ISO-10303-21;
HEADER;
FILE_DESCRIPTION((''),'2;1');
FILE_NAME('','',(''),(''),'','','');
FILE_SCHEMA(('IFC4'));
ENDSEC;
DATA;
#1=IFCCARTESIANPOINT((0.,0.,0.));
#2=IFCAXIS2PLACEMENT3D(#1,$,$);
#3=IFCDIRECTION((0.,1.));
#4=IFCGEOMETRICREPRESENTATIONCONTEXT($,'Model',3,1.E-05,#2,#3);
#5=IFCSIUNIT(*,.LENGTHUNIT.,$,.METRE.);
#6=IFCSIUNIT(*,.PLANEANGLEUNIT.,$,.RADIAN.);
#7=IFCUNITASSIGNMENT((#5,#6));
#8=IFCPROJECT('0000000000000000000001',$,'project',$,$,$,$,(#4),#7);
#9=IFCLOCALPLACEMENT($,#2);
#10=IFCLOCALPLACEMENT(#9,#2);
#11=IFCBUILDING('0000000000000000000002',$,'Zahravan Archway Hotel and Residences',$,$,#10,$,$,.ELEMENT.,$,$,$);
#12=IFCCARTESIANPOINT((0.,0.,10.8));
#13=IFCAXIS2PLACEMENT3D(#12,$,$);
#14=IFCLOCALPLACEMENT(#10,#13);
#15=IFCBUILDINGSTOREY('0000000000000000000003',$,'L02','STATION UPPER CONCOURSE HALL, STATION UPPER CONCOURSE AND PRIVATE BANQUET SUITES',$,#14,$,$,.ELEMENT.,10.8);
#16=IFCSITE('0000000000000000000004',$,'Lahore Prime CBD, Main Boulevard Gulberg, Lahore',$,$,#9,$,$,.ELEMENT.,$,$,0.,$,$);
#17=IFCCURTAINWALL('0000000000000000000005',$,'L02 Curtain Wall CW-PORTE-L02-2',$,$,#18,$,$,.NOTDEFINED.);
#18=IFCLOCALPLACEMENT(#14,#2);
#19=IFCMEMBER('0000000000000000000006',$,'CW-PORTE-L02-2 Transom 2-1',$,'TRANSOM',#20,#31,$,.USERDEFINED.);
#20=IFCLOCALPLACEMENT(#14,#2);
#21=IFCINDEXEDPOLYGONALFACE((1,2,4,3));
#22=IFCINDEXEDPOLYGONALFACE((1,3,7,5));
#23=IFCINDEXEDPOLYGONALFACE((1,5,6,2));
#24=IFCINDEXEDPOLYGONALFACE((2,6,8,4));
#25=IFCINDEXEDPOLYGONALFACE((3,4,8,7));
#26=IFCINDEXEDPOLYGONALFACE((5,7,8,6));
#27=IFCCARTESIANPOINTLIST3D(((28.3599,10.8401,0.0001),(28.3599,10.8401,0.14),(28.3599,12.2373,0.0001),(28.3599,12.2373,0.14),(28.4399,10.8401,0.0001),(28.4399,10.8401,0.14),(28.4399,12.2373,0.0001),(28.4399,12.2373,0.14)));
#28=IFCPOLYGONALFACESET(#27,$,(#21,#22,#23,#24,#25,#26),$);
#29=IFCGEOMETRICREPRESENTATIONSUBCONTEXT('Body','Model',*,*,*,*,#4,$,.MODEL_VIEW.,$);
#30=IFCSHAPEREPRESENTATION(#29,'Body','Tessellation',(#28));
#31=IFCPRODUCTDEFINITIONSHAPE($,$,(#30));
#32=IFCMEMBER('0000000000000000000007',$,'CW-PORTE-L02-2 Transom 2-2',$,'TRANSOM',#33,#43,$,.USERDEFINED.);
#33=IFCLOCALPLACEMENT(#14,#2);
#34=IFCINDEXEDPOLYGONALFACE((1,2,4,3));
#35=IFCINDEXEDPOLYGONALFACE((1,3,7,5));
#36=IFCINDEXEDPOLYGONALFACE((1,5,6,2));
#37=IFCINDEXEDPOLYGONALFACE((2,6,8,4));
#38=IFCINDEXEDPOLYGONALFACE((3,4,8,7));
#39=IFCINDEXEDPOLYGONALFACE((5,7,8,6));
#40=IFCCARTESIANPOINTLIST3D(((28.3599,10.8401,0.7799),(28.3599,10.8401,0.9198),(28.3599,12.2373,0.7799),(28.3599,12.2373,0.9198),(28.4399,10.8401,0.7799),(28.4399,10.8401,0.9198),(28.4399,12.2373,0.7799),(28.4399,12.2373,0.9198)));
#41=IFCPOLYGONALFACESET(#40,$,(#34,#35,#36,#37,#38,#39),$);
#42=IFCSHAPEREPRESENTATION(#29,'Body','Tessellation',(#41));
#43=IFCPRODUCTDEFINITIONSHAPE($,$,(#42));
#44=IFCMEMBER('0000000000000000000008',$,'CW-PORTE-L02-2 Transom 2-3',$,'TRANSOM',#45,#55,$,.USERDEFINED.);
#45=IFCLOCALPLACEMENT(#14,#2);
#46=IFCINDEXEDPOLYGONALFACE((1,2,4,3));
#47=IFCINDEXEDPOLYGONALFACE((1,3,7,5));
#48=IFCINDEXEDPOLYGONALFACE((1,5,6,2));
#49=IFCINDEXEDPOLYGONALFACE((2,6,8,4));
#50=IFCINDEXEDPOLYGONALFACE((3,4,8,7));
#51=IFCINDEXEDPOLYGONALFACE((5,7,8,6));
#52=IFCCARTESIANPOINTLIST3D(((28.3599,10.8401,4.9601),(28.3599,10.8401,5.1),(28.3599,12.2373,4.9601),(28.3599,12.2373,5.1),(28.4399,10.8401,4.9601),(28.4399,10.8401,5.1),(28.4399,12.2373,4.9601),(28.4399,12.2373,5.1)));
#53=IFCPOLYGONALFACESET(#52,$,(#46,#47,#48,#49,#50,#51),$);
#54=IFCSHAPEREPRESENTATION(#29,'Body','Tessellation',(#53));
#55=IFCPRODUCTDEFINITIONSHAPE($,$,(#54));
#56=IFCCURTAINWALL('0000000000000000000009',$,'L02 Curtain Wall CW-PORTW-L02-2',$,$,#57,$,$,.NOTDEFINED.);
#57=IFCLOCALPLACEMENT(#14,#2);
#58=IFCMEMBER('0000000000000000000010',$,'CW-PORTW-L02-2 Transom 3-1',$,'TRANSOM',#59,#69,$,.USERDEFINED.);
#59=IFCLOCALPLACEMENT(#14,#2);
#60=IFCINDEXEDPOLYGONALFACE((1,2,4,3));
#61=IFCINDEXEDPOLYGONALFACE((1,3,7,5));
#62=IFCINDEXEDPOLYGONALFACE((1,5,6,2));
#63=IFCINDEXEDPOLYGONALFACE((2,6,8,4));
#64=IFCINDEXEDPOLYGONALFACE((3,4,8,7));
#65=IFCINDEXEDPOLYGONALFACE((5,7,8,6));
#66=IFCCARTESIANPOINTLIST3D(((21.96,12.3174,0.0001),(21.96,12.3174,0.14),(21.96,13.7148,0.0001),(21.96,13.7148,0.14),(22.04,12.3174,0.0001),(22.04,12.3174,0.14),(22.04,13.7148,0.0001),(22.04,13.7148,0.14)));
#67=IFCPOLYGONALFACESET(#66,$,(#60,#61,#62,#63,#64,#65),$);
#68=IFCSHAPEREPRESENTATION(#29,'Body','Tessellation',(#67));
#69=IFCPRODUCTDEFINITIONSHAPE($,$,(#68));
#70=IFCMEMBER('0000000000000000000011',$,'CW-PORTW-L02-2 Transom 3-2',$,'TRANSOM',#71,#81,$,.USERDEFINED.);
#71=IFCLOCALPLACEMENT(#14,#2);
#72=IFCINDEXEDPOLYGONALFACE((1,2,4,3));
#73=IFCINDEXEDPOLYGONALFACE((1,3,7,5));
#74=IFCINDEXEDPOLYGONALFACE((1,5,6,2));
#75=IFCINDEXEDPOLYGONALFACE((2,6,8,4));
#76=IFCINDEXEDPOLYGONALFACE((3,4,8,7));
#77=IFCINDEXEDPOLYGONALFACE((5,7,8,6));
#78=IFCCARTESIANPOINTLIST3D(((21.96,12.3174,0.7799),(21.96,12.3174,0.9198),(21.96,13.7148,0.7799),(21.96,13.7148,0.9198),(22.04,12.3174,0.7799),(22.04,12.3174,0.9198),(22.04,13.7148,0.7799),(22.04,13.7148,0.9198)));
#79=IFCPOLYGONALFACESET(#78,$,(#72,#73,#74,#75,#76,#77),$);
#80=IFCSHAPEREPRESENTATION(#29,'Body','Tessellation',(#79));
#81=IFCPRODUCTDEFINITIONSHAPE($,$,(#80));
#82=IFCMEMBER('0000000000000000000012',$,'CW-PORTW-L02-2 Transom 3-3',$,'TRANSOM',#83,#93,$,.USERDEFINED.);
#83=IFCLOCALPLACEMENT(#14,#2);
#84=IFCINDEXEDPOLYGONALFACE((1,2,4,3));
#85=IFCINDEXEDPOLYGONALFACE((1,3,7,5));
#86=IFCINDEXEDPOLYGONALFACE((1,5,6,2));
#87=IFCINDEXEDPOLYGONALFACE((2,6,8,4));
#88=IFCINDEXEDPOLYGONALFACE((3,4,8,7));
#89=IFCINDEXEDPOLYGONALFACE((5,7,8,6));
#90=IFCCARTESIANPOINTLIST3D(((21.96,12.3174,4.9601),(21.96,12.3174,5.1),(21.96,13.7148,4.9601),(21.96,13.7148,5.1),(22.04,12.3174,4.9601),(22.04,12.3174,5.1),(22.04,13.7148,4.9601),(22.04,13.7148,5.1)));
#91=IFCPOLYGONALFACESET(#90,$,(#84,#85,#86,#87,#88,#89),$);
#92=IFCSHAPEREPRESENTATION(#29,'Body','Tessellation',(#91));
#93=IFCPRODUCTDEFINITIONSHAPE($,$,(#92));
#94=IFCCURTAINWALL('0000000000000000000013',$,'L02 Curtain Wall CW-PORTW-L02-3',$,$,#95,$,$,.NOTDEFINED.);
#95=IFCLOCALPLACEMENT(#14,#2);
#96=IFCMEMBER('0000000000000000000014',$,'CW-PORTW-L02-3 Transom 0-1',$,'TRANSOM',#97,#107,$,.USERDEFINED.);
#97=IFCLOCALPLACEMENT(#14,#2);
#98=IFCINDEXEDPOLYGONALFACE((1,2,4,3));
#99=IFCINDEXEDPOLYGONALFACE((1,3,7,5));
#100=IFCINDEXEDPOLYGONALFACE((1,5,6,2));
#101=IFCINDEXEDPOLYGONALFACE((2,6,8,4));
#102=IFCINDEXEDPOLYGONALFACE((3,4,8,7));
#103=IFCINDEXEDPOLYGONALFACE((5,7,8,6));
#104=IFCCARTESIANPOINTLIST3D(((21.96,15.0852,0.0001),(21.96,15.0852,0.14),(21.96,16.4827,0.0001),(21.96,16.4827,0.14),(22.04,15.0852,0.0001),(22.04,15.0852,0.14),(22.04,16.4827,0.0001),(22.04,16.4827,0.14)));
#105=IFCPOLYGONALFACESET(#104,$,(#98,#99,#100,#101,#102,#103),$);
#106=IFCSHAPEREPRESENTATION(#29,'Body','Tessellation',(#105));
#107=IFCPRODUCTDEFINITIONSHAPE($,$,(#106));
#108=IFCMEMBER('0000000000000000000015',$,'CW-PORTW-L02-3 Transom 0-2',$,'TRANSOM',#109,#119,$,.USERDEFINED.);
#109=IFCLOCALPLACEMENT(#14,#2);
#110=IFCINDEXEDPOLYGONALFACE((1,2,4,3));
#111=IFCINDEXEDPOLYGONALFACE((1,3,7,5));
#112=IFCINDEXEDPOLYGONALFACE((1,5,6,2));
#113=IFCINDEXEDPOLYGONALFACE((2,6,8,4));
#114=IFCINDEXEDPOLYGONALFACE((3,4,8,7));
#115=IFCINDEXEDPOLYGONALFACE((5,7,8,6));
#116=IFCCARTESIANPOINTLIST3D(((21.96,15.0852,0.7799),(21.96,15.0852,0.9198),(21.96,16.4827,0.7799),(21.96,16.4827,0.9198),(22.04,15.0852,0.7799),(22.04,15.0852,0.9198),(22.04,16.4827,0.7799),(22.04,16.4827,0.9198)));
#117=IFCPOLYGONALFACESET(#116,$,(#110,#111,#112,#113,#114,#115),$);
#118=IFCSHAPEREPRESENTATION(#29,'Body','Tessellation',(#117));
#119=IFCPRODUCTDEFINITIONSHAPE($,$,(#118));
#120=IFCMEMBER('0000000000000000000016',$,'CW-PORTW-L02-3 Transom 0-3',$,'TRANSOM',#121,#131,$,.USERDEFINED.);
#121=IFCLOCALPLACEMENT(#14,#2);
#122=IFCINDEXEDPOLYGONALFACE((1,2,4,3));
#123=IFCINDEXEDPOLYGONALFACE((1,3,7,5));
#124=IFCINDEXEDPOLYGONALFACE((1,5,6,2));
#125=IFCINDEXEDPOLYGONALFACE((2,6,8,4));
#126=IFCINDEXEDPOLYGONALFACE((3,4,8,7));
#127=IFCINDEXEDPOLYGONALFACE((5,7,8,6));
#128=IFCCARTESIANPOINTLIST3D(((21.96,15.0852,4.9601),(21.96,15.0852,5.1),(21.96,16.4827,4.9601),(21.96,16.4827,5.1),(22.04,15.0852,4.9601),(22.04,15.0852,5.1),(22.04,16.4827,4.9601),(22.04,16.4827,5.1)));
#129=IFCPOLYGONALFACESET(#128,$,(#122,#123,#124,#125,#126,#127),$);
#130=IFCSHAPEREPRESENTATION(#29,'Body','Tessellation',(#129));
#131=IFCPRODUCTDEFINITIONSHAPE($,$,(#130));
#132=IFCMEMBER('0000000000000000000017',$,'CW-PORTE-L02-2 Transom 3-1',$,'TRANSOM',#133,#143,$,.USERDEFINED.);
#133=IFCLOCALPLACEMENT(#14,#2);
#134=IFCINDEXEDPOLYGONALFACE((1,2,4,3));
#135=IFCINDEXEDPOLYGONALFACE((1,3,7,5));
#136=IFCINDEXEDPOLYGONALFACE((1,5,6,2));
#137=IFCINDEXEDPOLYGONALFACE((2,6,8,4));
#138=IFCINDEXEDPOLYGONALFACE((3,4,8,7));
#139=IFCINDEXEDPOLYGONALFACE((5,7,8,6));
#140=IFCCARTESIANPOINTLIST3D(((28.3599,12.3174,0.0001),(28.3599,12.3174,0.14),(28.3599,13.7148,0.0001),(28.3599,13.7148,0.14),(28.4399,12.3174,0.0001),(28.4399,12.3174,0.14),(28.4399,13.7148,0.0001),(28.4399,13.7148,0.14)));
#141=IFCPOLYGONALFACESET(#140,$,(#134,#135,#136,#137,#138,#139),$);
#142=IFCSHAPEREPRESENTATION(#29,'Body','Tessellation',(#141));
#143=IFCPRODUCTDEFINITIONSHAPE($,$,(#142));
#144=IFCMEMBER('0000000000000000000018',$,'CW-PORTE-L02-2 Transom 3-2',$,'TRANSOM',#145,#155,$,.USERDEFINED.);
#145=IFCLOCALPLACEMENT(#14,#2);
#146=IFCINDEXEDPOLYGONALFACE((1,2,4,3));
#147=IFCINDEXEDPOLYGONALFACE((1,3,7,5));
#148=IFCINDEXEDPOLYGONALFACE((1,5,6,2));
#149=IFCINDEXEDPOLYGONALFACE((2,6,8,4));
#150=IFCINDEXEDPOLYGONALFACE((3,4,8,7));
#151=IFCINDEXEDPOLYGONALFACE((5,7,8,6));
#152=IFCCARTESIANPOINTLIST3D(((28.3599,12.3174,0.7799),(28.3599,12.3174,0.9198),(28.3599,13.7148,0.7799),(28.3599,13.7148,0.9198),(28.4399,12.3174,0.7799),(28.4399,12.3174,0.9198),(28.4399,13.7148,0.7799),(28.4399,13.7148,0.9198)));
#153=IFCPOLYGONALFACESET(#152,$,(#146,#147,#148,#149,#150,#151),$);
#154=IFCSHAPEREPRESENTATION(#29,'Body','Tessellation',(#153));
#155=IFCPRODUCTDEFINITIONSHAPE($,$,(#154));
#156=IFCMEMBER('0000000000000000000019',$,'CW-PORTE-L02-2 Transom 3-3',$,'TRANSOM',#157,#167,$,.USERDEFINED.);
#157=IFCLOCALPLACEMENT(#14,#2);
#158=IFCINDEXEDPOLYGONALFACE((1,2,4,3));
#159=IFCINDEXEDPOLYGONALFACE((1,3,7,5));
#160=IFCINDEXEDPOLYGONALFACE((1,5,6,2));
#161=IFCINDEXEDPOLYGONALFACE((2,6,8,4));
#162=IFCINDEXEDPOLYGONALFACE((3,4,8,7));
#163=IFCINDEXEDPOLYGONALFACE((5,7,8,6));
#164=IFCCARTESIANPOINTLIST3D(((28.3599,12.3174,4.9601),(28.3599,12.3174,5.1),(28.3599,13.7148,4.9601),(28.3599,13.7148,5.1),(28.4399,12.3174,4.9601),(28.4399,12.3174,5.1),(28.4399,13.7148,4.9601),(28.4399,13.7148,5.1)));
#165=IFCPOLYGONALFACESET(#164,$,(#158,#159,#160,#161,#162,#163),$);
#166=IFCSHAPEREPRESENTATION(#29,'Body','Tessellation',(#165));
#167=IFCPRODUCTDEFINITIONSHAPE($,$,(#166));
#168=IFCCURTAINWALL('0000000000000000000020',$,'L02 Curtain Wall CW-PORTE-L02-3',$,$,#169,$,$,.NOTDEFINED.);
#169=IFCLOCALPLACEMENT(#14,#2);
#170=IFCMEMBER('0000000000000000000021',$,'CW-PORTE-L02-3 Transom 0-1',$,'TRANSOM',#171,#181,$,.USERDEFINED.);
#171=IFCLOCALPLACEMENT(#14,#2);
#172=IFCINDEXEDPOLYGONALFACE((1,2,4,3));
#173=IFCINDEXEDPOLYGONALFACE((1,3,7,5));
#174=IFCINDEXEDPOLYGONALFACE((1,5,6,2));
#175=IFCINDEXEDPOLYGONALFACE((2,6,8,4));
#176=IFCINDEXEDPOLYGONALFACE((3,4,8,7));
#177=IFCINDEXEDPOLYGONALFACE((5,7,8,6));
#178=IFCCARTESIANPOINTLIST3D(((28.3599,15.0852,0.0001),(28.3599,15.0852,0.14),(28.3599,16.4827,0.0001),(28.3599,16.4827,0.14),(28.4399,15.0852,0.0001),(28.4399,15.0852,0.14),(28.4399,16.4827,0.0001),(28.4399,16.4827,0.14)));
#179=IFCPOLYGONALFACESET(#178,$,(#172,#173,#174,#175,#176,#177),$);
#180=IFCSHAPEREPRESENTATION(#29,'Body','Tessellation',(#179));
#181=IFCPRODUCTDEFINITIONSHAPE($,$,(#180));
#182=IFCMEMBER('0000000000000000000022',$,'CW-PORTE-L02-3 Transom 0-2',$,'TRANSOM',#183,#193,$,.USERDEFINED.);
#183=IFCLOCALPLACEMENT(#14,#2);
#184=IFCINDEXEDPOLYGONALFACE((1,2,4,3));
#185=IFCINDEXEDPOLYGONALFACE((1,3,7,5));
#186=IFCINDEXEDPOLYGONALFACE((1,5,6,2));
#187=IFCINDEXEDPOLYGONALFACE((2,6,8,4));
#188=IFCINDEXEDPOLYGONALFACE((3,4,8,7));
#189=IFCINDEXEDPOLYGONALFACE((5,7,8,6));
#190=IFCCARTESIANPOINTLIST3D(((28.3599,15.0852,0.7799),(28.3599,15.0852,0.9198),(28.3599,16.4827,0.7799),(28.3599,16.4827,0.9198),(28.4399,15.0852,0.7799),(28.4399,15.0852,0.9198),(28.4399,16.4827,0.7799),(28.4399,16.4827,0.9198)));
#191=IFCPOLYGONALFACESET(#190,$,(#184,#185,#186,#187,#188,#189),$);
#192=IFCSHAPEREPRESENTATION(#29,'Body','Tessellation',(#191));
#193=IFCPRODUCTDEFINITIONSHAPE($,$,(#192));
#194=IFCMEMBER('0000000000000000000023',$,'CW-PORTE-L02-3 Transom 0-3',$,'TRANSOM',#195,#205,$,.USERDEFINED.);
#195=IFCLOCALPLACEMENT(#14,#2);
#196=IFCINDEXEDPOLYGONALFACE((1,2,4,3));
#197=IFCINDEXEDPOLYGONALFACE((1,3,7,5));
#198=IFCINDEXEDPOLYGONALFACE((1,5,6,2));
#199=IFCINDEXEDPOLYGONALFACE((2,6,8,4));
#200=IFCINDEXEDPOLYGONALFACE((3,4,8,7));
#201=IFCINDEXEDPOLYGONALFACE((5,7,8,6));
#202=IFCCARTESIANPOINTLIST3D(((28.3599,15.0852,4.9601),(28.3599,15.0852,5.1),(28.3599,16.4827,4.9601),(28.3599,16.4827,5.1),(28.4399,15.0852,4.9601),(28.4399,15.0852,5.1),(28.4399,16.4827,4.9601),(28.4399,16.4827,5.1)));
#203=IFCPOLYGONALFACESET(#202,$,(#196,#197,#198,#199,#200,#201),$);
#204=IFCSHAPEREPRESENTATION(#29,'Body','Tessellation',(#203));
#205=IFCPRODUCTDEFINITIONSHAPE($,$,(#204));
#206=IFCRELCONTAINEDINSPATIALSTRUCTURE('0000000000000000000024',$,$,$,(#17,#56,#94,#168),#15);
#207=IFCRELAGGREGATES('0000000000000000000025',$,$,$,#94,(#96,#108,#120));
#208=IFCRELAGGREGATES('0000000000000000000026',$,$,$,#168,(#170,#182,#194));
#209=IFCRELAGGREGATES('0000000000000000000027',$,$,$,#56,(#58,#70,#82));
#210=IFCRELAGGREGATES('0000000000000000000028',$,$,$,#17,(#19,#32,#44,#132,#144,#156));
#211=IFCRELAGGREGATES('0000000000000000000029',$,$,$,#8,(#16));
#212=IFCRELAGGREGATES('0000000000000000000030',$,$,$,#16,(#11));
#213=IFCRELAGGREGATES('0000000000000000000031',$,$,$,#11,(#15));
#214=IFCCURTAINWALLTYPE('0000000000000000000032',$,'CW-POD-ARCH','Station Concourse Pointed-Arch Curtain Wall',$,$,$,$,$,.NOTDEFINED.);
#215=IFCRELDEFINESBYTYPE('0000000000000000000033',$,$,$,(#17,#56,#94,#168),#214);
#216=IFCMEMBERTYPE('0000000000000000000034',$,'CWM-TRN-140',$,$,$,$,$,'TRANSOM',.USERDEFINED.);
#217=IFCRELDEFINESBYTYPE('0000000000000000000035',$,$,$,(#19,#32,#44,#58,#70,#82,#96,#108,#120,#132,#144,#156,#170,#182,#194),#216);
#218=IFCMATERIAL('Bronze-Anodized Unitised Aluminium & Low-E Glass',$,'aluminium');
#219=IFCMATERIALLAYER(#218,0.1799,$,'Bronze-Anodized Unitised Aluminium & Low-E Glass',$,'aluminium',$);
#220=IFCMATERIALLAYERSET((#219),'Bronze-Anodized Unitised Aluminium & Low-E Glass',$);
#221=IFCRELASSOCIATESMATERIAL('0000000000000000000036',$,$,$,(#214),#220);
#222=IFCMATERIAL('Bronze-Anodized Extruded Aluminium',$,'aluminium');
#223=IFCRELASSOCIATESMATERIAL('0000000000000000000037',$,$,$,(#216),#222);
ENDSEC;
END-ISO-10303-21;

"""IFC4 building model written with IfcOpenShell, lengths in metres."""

from ifc_helpers import new_model, si_unit, direction, frame, origin, origin_2d, place, context, subcontext, project, spatial, rectangle, extrude, source, transform, mapped, material, layer, layer_set, material_profile, profile_set, type_object, element, aggregate, save


model = new_model("IFC4")

# Units and contexts
model_context = context("Model", 3, precision=1e-05, world=origin(), true_north=direction((0.0, 1.0)))
body_context = subcontext(model_context, "Body", "Model", "MODEL_VIEW")
ifc_project = project(units=[si_unit("LENGTHUNIT", "METRE"), si_unit("PLANEANGLEUNIT", "RADIAN")], contexts=[model_context])

# Site, building, storey
site_placement = place(None, origin())
site = spatial("IfcSite", under=ifc_project, at=site_placement, Name="Lahore Prime CBD, Main Boulevard Gulberg, Lahore", CompositionType="ELEMENT", RefElevation=0.0)
building_placement = place(site_placement, origin())
building = spatial("IfcBuilding", under=site, at=building_placement, Name="Zahravan Archway Hotel and Residences", CompositionType="ELEMENT")
storey_placement = place(building_placement, frame((0.0, 0.0, 10.8)))
storey = spatial("IfcBuildingStorey", under=building, at=storey_placement, Name="L02", Description="STATION UPPER CONCOURSE HALL, STATION UPPER CONCOURSE AND PRIVATE BANQUET SUITES", CompositionType="ELEMENT", Elevation=10.8)

# Curtain walls, members
ifc_material_1 = material(Name="Bronze-Anodized Unitised Aluminium & Low-E Glass", Category="aluminium")
ifc_layer_1 = layer(ifc_material_1, 0.1799, Name="Bronze-Anodized Unitised Aluminium & Low-E Glass", Category="aluminium")
ifc_layer_set_1 = layer_set([ifc_layer_1], Name="Bronze-Anodized Unitised Aluminium & Low-E Glass")
curtain_wall_type = type_object("IfcCurtainWallType", Name="CW-POD-ARCH", Description="Station Concourse Pointed-Arch Curtain Wall", PredefinedType="NOTDEFINED", material=ifc_layer_set_1)
curtain_wall_1_placement = place(storey_placement, origin())
curtain_wall_1 = element("IfcCurtainWall", 1, at=curtain_wall_1_placement, inside=storey, type_object=curtain_wall_type, Name="L02 Curtain Wall CW-PORTE-L02-2", PredefinedType="NOTDEFINED")
ifc_material_2 = material(Name="Bronze-Anodized Extruded Aluminium", Category="aluminium")
ifc_material_profile_1 = material_profile(ifc_material_2, rectangle(XDim=0.0801, YDim=0.1399, at=origin_2d()), Name="TRN 80x140", Category="aluminium")
ifc_profile_set_1 = profile_set([ifc_material_profile_1], Name="Bronze-Anodized Extruded Aluminium")
member_type_1 = type_object("IfcMemberType", Name="CWM-TRN-140", ElementType="TRANSOM", PredefinedType="USERDEFINED", material=ifc_profile_set_1)
shared_shape_1 = source(origin(), body_context, "Body", "SweptSolid", [
    extrude(rectangle(XDim=0.0801, YDim=0.1399, at=origin_2d()), origin(), (0.0, 0.0, 1.0), 1.3972),
])
member_1_placement = place(storey_placement, frame((28.3999, 10.8401, 0.0701), z_axis=(0.0, 1.0, 0.0), x_axis=(-1.0, 0.0, 0.0)))
member_1 = element("IfcMember", 2, at=member_1_placement, type_object=member_type_1, Name="CW-PORTE-L02-2 Transom 2-1", ObjectType="TRANSOM", PredefinedType="USERDEFINED", context=body_context, shape_type="MappedRepresentation", body=[
    mapped(shared_shape_1, transform((0.0, 0.0, 0.0), scale=1.0)),
])
member_2_placement = place(storey_placement, frame((28.3999, 10.8401, 0.8499), z_axis=(0.0, 1.0, 0.0), x_axis=(-1.0, 0.0, 0.0)))
member_2 = element("IfcMember", 3, at=member_2_placement, type_object=member_type_1, Name="CW-PORTE-L02-2 Transom 2-2", ObjectType="TRANSOM", PredefinedType="USERDEFINED", context=body_context, shape_type="MappedRepresentation", body=[
    mapped(shared_shape_1, transform((0.0, 0.0, 0.0), scale=1.0)),
])
member_3_placement = place(storey_placement, frame((28.3999, 10.8401, 5.03), z_axis=(0.0, 1.0, 0.0), x_axis=(-1.0, 0.0, 0.0)))
member_3 = element("IfcMember", 4, at=member_3_placement, type_object=member_type_1, Name="CW-PORTE-L02-2 Transom 2-3", ObjectType="TRANSOM", PredefinedType="USERDEFINED", context=body_context, shape_type="MappedRepresentation", body=[
    mapped(shared_shape_1, transform((0.0, 0.0, 0.0), scale=1.0)),
])
curtain_wall_2_placement = place(storey_placement, origin())
curtain_wall_2 = element("IfcCurtainWall", 5, at=curtain_wall_2_placement, inside=storey, type_object=curtain_wall_type, Name="L02 Curtain Wall CW-PORTW-L02-2", PredefinedType="NOTDEFINED")
shared_shape_2 = source(origin(), body_context, "Body", "SweptSolid", [
    extrude(rectangle(XDim=0.0801, YDim=0.1399, at=origin_2d()), origin(), (0.0, 0.0, 1.0), 1.3975),
])
member_4_placement = place(storey_placement, frame((22.0, 12.3174, 0.0701), z_axis=(0.0, 1.0, 0.0), x_axis=(-1.0, 0.0, 0.0)))
member_4 = element("IfcMember", 6, at=member_4_placement, type_object=member_type_1, Name="CW-PORTW-L02-2 Transom 3-1", ObjectType="TRANSOM", PredefinedType="USERDEFINED", context=body_context, shape_type="MappedRepresentation", body=[
    mapped(shared_shape_2, transform((0.0, 0.0, 0.0), scale=1.0)),
])
member_5_placement = place(storey_placement, frame((22.0, 12.3174, 0.8499), z_axis=(0.0, 1.0, 0.0), x_axis=(-1.0, 0.0, 0.0)))
member_5 = element("IfcMember", 7, at=member_5_placement, type_object=member_type_1, Name="CW-PORTW-L02-2 Transom 3-2", ObjectType="TRANSOM", PredefinedType="USERDEFINED", context=body_context, shape_type="MappedRepresentation", body=[
    mapped(shared_shape_2, transform((0.0, 0.0, 0.0), scale=1.0)),
])
member_6_placement = place(storey_placement, frame((22.0, 12.3174, 5.03), z_axis=(0.0, 1.0, 0.0), x_axis=(-1.0, 0.0, 0.0)))
member_6 = element("IfcMember", 8, at=member_6_placement, type_object=member_type_1, Name="CW-PORTW-L02-2 Transom 3-3", ObjectType="TRANSOM", PredefinedType="USERDEFINED", context=body_context, shape_type="MappedRepresentation", body=[
    mapped(shared_shape_2, transform((0.0, 0.0, 0.0), scale=1.0)),
])
curtain_wall_3_placement = place(storey_placement, origin())
curtain_wall_3 = element("IfcCurtainWall", 9, at=curtain_wall_3_placement, inside=storey, type_object=curtain_wall_type, Name="L02 Curtain Wall CW-PORTW-L02-3", PredefinedType="NOTDEFINED")
member_7_placement = place(storey_placement, frame((22.0, 15.0852, 0.0701), z_axis=(0.0, 1.0, 0.0), x_axis=(-1.0, 0.0, 0.0)))
member_7 = element("IfcMember", 10, at=member_7_placement, type_object=member_type_1, Name="CW-PORTW-L02-3 Transom 0-1", ObjectType="TRANSOM", PredefinedType="USERDEFINED", context=body_context, shape_type="MappedRepresentation", body=[
    mapped(shared_shape_2, transform((0.0, 0.0, 0.0), scale=1.0)),
])
member_8_placement = place(storey_placement, frame((22.0, 15.0852, 0.8499), z_axis=(0.0, 1.0, 0.0), x_axis=(-1.0, 0.0, 0.0)))
member_8 = element("IfcMember", 11, at=member_8_placement, type_object=member_type_1, Name="CW-PORTW-L02-3 Transom 0-2", ObjectType="TRANSOM", PredefinedType="USERDEFINED", context=body_context, shape_type="MappedRepresentation", body=[
    mapped(shared_shape_2, transform((0.0, 0.0, 0.0), scale=1.0)),
])
member_9_placement = place(storey_placement, frame((22.0, 15.0852, 5.03), z_axis=(0.0, 1.0, 0.0), x_axis=(-1.0, 0.0, 0.0)))
member_9 = element("IfcMember", 12, at=member_9_placement, type_object=member_type_1, Name="CW-PORTW-L02-3 Transom 0-3", ObjectType="TRANSOM", PredefinedType="USERDEFINED", context=body_context, shape_type="MappedRepresentation", body=[
    mapped(shared_shape_2, transform((0.0, 0.0, 0.0), scale=1.0)),
])

# Members
member_10_placement = place(storey_placement, frame((28.3999, 12.3174, 0.0701), z_axis=(0.0, 1.0, 0.0), x_axis=(-1.0, 0.0, 0.0)))
member_10 = element("IfcMember", 13, at=member_10_placement, type_object=member_type_1, Name="CW-PORTE-L02-2 Transom 3-1", ObjectType="TRANSOM", PredefinedType="USERDEFINED", context=body_context, shape_type="MappedRepresentation", body=[
    mapped(shared_shape_2, transform((0.0, 0.0, 0.0), scale=1.0)),
])
member_11_placement = place(storey_placement, frame((28.3999, 12.3174, 0.8499), z_axis=(0.0, 1.0, 0.0), x_axis=(-1.0, 0.0, 0.0)))
member_11 = element("IfcMember", 14, at=member_11_placement, type_object=member_type_1, Name="CW-PORTE-L02-2 Transom 3-2", ObjectType="TRANSOM", PredefinedType="USERDEFINED", context=body_context, shape_type="MappedRepresentation", body=[
    mapped(shared_shape_2, transform((0.0, 0.0, 0.0), scale=1.0)),
])
member_12_placement = place(storey_placement, frame((28.3999, 12.3174, 5.03), z_axis=(0.0, 1.0, 0.0), x_axis=(-1.0, 0.0, 0.0)))
member_12 = element("IfcMember", 15, at=member_12_placement, type_object=member_type_1, Name="CW-PORTE-L02-2 Transom 3-3", ObjectType="TRANSOM", PredefinedType="USERDEFINED", context=body_context, shape_type="MappedRepresentation", body=[
    mapped(shared_shape_2, transform((0.0, 0.0, 0.0), scale=1.0)),
])

# Curtain wall, members
curtain_wall_4_placement = place(storey_placement, origin())
curtain_wall_4 = element("IfcCurtainWall", 16, at=curtain_wall_4_placement, inside=storey, type_object=curtain_wall_type, Name="L02 Curtain Wall CW-PORTE-L02-3", PredefinedType="NOTDEFINED")
member_13_placement = place(storey_placement, frame((28.3999, 15.0852, 0.0701), z_axis=(0.0, 1.0, 0.0), x_axis=(-1.0, 0.0, 0.0)))
member_13 = element("IfcMember", 17, at=member_13_placement, type_object=member_type_1, Name="CW-PORTE-L02-3 Transom 0-1", ObjectType="TRANSOM", PredefinedType="USERDEFINED", context=body_context, shape_type="MappedRepresentation", body=[
    mapped(shared_shape_2, transform((0.0, 0.0, 0.0), scale=1.0)),
])
member_14_placement = place(storey_placement, frame((28.3999, 15.0852, 0.8499), z_axis=(0.0, 1.0, 0.0), x_axis=(-1.0, 0.0, 0.0)))
member_14 = element("IfcMember", 18, at=member_14_placement, type_object=member_type_1, Name="CW-PORTE-L02-3 Transom 0-2", ObjectType="TRANSOM", PredefinedType="USERDEFINED", context=body_context, shape_type="MappedRepresentation", body=[
    mapped(shared_shape_2, transform((0.0, 0.0, 0.0), scale=1.0)),
])
member_15_placement = place(storey_placement, frame((28.3999, 15.0852, 5.03), z_axis=(0.0, 1.0, 0.0), x_axis=(-1.0, 0.0, 0.0)))
member_15 = element("IfcMember", 19, at=member_15_placement, type_object=member_type_1, Name="CW-PORTE-L02-3 Transom 0-3", ObjectType="TRANSOM", PredefinedType="USERDEFINED", context=body_context, shape_type="MappedRepresentation", body=[
    mapped(shared_shape_2, transform((0.0, 0.0, 0.0), scale=1.0)),
])

aggregate(curtain_wall_3, [member_7, member_8, member_9])
aggregate(curtain_wall_4, [member_13, member_14, member_15])

aggregate(curtain_wall_2, [member_4, member_5, member_6])
aggregate(curtain_wall_1, [member_1, member_2, member_3, member_10, member_11, member_12])

save(model, "model.ifc")
